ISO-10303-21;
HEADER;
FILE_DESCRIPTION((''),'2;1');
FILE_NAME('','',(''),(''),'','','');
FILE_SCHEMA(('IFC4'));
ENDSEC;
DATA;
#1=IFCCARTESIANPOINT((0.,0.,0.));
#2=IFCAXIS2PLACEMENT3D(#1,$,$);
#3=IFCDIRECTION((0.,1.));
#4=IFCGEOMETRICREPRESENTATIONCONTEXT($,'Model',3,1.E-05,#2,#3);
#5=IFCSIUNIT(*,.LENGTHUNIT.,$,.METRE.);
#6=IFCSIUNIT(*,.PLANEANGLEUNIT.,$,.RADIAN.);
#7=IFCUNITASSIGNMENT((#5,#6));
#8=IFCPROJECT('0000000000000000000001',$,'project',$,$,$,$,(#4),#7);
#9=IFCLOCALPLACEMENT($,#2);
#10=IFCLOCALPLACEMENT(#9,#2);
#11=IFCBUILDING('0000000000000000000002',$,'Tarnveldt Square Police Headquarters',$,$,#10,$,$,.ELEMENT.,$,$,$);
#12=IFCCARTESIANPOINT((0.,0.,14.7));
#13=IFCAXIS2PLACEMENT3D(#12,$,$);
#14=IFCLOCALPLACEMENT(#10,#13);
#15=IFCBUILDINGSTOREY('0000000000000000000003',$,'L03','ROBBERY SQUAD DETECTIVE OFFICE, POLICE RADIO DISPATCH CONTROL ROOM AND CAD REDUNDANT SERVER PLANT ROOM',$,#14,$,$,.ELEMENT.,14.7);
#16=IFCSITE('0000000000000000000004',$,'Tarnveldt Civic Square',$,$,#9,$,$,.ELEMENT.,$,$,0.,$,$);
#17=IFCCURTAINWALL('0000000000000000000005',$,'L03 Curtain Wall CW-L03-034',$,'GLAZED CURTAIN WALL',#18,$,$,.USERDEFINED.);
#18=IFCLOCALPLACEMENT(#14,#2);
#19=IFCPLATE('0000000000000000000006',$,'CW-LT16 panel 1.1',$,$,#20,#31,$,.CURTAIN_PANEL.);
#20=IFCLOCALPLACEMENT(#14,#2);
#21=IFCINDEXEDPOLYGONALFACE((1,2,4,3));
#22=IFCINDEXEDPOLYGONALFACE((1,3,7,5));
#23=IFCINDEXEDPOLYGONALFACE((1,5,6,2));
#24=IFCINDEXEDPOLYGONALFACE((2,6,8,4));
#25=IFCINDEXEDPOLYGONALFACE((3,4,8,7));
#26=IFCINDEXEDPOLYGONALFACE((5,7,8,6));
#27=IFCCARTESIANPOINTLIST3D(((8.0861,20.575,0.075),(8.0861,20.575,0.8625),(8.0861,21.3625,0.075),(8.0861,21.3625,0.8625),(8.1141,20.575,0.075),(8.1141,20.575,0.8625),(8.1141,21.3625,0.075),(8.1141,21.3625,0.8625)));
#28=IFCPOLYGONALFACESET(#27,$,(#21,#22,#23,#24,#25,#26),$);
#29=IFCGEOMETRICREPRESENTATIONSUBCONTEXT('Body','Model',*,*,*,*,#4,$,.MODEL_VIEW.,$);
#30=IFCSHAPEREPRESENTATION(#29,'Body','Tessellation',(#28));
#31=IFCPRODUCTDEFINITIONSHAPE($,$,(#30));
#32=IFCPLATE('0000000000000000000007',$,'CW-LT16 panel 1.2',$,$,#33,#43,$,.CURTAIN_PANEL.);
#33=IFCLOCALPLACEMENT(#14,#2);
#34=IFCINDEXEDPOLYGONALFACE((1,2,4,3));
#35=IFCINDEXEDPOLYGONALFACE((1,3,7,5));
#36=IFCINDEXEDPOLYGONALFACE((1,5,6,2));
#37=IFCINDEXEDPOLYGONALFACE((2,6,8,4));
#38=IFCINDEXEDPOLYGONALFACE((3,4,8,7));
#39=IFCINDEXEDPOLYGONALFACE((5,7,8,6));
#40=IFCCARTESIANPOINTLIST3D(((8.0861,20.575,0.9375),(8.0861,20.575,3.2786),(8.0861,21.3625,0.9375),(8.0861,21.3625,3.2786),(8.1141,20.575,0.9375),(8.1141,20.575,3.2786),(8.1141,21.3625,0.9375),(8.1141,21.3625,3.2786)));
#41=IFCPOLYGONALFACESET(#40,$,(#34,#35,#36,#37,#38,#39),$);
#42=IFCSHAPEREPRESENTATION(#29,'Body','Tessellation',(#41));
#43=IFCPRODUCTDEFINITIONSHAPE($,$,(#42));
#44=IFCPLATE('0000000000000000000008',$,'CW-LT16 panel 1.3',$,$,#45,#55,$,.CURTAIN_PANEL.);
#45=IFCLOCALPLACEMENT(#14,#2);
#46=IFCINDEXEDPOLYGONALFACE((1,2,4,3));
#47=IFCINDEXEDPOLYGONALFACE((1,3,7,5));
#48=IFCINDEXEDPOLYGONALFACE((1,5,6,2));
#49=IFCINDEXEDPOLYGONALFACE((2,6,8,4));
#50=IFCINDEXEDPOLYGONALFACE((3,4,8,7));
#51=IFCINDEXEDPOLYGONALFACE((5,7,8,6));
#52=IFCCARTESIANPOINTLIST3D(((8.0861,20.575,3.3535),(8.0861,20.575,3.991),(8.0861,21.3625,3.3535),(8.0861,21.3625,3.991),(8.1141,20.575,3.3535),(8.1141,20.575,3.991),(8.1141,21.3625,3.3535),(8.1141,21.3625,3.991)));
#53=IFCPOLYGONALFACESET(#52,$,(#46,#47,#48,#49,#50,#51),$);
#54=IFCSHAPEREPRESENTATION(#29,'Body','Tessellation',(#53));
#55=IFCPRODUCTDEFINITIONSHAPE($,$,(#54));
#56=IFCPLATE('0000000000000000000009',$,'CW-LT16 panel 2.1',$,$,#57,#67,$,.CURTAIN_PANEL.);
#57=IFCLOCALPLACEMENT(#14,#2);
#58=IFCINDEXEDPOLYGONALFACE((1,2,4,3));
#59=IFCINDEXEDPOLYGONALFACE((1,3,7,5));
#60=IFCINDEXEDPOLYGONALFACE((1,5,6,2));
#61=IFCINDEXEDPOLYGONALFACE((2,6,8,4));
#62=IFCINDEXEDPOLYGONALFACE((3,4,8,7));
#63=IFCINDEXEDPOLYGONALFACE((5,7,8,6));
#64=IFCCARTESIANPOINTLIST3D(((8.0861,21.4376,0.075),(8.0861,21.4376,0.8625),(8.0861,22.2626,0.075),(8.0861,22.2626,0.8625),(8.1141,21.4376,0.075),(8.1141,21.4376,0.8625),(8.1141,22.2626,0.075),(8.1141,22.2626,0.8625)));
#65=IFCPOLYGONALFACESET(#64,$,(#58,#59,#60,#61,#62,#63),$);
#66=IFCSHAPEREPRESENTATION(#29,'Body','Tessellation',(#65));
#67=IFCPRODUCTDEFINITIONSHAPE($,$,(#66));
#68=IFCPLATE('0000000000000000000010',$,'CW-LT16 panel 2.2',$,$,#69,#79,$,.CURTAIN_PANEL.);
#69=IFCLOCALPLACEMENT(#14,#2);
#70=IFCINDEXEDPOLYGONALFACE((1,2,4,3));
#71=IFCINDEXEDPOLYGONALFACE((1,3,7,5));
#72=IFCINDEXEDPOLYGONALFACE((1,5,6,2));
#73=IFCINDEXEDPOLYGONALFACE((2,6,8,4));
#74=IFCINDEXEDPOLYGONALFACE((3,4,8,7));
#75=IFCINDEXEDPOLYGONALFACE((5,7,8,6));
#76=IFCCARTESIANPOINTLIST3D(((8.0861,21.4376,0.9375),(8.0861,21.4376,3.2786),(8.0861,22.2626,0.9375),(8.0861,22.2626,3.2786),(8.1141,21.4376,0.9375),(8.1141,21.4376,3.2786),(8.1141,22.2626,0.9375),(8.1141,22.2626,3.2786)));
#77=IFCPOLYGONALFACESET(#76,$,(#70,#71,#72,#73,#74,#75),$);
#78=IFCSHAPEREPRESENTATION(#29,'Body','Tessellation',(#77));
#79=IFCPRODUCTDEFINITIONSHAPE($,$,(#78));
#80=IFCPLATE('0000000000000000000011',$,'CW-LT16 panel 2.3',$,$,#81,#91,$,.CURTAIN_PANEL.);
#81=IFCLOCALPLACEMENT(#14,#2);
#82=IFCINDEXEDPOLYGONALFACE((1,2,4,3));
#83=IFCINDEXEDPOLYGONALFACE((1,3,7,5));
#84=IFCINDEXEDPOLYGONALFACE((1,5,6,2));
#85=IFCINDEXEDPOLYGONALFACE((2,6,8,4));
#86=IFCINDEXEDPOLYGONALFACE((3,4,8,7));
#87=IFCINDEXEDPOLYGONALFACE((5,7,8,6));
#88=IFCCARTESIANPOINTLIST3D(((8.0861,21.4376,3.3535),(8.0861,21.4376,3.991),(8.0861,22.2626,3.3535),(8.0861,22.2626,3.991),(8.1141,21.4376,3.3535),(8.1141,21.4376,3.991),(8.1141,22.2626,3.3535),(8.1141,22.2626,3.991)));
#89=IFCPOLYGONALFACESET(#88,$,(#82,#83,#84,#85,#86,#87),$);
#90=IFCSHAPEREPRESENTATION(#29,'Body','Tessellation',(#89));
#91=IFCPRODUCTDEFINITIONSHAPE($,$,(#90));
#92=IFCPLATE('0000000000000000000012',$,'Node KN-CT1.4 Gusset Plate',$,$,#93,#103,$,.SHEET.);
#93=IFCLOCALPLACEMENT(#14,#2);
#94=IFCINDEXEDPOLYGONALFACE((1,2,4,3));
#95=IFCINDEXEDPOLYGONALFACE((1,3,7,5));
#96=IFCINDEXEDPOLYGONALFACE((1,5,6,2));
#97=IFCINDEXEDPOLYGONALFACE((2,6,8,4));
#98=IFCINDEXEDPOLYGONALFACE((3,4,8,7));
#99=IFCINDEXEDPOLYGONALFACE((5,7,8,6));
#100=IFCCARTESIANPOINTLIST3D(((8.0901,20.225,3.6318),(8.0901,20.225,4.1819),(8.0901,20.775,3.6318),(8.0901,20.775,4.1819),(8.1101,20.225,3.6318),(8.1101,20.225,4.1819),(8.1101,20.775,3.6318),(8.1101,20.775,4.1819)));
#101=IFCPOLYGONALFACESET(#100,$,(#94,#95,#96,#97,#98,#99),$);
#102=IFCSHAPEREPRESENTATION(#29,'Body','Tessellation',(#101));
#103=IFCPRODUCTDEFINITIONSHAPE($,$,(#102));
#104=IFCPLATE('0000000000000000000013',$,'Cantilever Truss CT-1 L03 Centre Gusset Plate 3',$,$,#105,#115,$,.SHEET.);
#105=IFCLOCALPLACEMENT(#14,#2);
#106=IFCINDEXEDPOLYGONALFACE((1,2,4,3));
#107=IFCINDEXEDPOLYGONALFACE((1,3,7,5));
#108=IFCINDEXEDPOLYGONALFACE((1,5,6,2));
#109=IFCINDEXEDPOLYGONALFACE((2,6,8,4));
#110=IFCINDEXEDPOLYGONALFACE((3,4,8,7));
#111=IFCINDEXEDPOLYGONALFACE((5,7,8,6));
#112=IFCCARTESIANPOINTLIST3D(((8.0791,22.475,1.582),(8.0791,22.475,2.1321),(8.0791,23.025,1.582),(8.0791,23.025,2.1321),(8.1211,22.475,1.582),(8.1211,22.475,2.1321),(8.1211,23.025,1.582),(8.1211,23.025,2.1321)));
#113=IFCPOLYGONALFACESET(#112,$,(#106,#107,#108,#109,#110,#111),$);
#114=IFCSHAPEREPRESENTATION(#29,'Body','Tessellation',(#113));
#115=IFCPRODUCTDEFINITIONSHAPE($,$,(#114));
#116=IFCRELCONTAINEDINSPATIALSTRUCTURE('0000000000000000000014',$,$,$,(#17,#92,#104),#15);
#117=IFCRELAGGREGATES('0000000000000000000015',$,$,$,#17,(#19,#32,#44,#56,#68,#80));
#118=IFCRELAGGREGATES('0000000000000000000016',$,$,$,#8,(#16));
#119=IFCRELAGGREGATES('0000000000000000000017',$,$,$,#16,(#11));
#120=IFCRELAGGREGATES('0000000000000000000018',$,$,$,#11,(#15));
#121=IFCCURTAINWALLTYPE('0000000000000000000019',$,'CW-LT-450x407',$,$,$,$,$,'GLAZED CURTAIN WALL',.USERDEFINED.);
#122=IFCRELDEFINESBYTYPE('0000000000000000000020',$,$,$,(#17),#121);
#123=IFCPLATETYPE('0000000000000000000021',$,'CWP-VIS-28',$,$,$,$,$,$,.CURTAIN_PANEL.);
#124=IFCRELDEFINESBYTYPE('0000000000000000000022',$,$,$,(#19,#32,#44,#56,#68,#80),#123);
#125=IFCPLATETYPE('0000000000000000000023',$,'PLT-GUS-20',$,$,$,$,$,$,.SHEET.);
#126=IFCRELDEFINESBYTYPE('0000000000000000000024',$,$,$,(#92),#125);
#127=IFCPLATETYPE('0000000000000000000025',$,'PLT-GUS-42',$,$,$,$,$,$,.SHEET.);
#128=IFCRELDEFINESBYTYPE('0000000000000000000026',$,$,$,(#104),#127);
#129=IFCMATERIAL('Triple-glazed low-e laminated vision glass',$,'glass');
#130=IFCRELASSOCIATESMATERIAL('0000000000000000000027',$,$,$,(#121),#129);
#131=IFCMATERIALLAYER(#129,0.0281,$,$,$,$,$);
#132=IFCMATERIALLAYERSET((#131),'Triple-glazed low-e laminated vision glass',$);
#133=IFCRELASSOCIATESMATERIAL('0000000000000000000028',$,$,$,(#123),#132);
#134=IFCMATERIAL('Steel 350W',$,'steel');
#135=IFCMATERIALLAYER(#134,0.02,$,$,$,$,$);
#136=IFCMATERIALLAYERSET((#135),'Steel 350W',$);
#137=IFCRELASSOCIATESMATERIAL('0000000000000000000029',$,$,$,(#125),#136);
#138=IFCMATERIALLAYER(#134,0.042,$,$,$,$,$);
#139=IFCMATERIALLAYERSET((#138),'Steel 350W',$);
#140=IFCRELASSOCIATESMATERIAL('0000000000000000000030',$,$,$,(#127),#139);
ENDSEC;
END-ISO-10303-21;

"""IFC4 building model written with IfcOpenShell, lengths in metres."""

from ifc_helpers import new_model, si_unit, direction, frame, origin, origin_2d, place, context, subcontext, project, spatial, rectangle, extrude, material, layer, layer_set, type_object, element, aggregate, save


model = new_model("IFC4")

# Units and contexts
model_context = context("Model", 3, precision=1e-05, world=origin(), true_north=direction((0.0, 1.0)))
body_context = subcontext(model_context, "Body", "Model", "MODEL_VIEW")
ifc_project = project(units=[si_unit("LENGTHUNIT", "METRE"), si_unit("PLANEANGLEUNIT", "RADIAN")], contexts=[model_context])

# Site, building, storey
site_placement = place(None, origin())
site = spatial("IfcSite", under=ifc_project, at=site_placement, Name="Tarnveldt Civic Square", CompositionType="ELEMENT", RefElevation=0.0)
building_placement = place(site_placement, origin())
building = spatial("IfcBuilding", under=site, at=building_placement, Name="Tarnveldt Square Police Headquarters", CompositionType="ELEMENT")
storey_placement = place(building_placement, frame((0.0, 0.0, 14.7)))
storey = spatial("IfcBuildingStorey", under=building, at=storey_placement, Name="L03", Description="ROBBERY SQUAD DETECTIVE OFFICE, POLICE RADIO DISPATCH CONTROL ROOM AND CAD REDUNDANT SERVER PLANT ROOM", CompositionType="ELEMENT", Elevation=14.7)

# Shared definitions
ifc_material_1 = material(Name="Steel 350W", Category="steel")

# Curtain wall
ifc_material_2 = material(Name="Triple-glazed low-e laminated vision glass", Category="glass")
curtain_wall_type = type_object("IfcCurtainWallType", Name="CW-LT-450x407", ElementType="GLAZED CURTAIN WALL", PredefinedType="USERDEFINED", material=ifc_material_2)
curtain_wall_placement = place(storey_placement, origin())
curtain_wall = element("IfcCurtainWall", 1, at=curtain_wall_placement, inside=storey, type_object=curtain_wall_type, Name="L03 Curtain Wall CW-L03-034", ObjectType="GLAZED CURTAIN WALL", PredefinedType="USERDEFINED")

# Plates
ifc_layer_1 = layer(ifc_material_2, 0.0281)
ifc_layer_set_1 = layer_set([ifc_layer_1], Name="Triple-glazed low-e laminated vision glass")
plate_type_1 = type_object("IfcPlateType", Name="CWP-VIS-28", PredefinedType="CURTAIN_PANEL", material=ifc_layer_set_1)
plate_1_placement = place(storey_placement, frame((8.1001, 20.9688, 0.075), z_axis=(0.0, 0.0, 1.0), x_axis=(0.0, 1.0, 0.0)))
plate_1 = element("IfcPlate", 2, at=plate_1_placement, type_object=plate_type_1, Name="CW-LT16 panel 1.1", PredefinedType="CURTAIN_PANEL", context=body_context, shape_type="SweptSolid", body=[
    extrude(rectangle(XDim=0.7876, YDim=0.0281, at=origin_2d()), origin(), (0.0, 0.0, 1.0), 0.7876),
])
plate_2_placement = place(storey_placement, frame((8.1001, 20.9688, 0.9375), z_axis=(0.0, 0.0, 1.0), x_axis=(0.0, 1.0, 0.0)))
plate_2 = element("IfcPlate", 3, at=plate_2_placement, type_object=plate_type_1, Name="CW-LT16 panel 1.2", PredefinedType="CURTAIN_PANEL", context=body_context, shape_type="SweptSolid", body=[
    extrude(rectangle(XDim=0.7876, YDim=0.0281, at=origin_2d()), origin(), (0.0, 0.0, 1.0), 2.3411),
])
plate_3_placement = place(storey_placement, frame((8.1001, 20.9688, 3.3535), z_axis=(0.0, 0.0, 1.0), x_axis=(0.0, 1.0, 0.0)))
plate_3 = element("IfcPlate", 4, at=plate_3_placement, type_object=plate_type_1, Name="CW-LT16 panel 1.3", PredefinedType="CURTAIN_PANEL", context=body_context, shape_type="SweptSolid", body=[
    extrude(rectangle(XDim=0.7876, YDim=0.0281, at=origin_2d()), origin(), (0.0, 0.0, 1.0), 0.6375),
])
plate_4_placement = place(storey_placement, frame((8.1001, 21.8501, 0.075), z_axis=(0.0, 0.0, 1.0), x_axis=(0.0, 1.0, 0.0)))
plate_4 = element("IfcPlate", 5, at=plate_4_placement, type_object=plate_type_1, Name="CW-LT16 panel 2.1", PredefinedType="CURTAIN_PANEL", context=body_context, shape_type="SweptSolid", body=[
    extrude(rectangle(XDim=0.825, YDim=0.0281, at=origin_2d()), origin(), (0.0, 0.0, 1.0), 0.7876),
])
plate_5_placement = place(storey_placement, frame((8.1001, 21.8501, 0.9375), z_axis=(0.0, 0.0, 1.0), x_axis=(0.0, 1.0, 0.0)))
plate_5 = element("IfcPlate", 6, at=plate_5_placement, type_object=plate_type_1, Name="CW-LT16 panel 2.2", PredefinedType="CURTAIN_PANEL", context=body_context, shape_type="SweptSolid", body=[
    extrude(rectangle(XDim=0.825, YDim=0.0281, at=origin_2d()), origin(), (0.0, 0.0, 1.0), 2.3411),
])
plate_6_placement = place(storey_placement, frame((8.1001, 21.8501, 3.3535), z_axis=(0.0, 0.0, 1.0), x_axis=(0.0, 1.0, 0.0)))
plate_6 = element("IfcPlate", 7, at=plate_6_placement, type_object=plate_type_1, Name="CW-LT16 panel 2.3", PredefinedType="CURTAIN_PANEL", context=body_context, shape_type="SweptSolid", body=[
    extrude(rectangle(XDim=0.825, YDim=0.0281, at=origin_2d()), origin(), (0.0, 0.0, 1.0), 0.6375),
])
aggregate(curtain_wall, [plate_1, plate_2, plate_3, plate_4, plate_5, plate_6])

# Plates
ifc_layer_2 = layer(ifc_material_1, 0.02)
ifc_layer_set_2 = layer_set([ifc_layer_2], Name="Steel 350W")
plate_type_2 = type_object("IfcPlateType", Name="PLT-GUS-20", PredefinedType="SHEET", material=ifc_layer_set_2)
plate_7_placement = place(storey_placement, frame((8.1001, 20.5, 3.6318), z_axis=(0.0, 0.0, 1.0), x_axis=(1.0, 0.0, 0.0)))
element("IfcPlate", 8, at=plate_7_placement, inside=storey, type_object=plate_type_2, Name="Node KN-CT1.4 Gusset Plate", PredefinedType="SHEET", context=body_context, shape_type="SweptSolid", body=[
    extrude(rectangle(XDim=0.02, YDim=0.55, at=origin_2d()), origin(), (0.0, 0.0, 1.0), 0.55),
])
ifc_layer_3 = layer(ifc_material_1, 0.042)
ifc_layer_set_3 = layer_set([ifc_layer_3], Name="Steel 350W")
plate_type_3 = type_object("IfcPlateType", Name="PLT-GUS-42", PredefinedType="SHEET", material=ifc_layer_set_3)
plate_8_placement = place(storey_placement, frame((8.1001, 22.75, 1.582), z_axis=(0.0, 0.0, 1.0), x_axis=(1.0, 0.0, 0.0)))
element("IfcPlate", 9, at=plate_8_placement, inside=storey, type_object=plate_type_3, Name="Cantilever Truss CT-1 L03 Centre Gusset Plate 3", PredefinedType="SHEET", context=body_context, shape_type="SweptSolid", body=[
    extrude(rectangle(XDim=0.042, YDim=0.55, at=origin_2d()), origin(), (0.0, 0.0, 1.0), 0.55),
])

save(model, "model.ifc")
